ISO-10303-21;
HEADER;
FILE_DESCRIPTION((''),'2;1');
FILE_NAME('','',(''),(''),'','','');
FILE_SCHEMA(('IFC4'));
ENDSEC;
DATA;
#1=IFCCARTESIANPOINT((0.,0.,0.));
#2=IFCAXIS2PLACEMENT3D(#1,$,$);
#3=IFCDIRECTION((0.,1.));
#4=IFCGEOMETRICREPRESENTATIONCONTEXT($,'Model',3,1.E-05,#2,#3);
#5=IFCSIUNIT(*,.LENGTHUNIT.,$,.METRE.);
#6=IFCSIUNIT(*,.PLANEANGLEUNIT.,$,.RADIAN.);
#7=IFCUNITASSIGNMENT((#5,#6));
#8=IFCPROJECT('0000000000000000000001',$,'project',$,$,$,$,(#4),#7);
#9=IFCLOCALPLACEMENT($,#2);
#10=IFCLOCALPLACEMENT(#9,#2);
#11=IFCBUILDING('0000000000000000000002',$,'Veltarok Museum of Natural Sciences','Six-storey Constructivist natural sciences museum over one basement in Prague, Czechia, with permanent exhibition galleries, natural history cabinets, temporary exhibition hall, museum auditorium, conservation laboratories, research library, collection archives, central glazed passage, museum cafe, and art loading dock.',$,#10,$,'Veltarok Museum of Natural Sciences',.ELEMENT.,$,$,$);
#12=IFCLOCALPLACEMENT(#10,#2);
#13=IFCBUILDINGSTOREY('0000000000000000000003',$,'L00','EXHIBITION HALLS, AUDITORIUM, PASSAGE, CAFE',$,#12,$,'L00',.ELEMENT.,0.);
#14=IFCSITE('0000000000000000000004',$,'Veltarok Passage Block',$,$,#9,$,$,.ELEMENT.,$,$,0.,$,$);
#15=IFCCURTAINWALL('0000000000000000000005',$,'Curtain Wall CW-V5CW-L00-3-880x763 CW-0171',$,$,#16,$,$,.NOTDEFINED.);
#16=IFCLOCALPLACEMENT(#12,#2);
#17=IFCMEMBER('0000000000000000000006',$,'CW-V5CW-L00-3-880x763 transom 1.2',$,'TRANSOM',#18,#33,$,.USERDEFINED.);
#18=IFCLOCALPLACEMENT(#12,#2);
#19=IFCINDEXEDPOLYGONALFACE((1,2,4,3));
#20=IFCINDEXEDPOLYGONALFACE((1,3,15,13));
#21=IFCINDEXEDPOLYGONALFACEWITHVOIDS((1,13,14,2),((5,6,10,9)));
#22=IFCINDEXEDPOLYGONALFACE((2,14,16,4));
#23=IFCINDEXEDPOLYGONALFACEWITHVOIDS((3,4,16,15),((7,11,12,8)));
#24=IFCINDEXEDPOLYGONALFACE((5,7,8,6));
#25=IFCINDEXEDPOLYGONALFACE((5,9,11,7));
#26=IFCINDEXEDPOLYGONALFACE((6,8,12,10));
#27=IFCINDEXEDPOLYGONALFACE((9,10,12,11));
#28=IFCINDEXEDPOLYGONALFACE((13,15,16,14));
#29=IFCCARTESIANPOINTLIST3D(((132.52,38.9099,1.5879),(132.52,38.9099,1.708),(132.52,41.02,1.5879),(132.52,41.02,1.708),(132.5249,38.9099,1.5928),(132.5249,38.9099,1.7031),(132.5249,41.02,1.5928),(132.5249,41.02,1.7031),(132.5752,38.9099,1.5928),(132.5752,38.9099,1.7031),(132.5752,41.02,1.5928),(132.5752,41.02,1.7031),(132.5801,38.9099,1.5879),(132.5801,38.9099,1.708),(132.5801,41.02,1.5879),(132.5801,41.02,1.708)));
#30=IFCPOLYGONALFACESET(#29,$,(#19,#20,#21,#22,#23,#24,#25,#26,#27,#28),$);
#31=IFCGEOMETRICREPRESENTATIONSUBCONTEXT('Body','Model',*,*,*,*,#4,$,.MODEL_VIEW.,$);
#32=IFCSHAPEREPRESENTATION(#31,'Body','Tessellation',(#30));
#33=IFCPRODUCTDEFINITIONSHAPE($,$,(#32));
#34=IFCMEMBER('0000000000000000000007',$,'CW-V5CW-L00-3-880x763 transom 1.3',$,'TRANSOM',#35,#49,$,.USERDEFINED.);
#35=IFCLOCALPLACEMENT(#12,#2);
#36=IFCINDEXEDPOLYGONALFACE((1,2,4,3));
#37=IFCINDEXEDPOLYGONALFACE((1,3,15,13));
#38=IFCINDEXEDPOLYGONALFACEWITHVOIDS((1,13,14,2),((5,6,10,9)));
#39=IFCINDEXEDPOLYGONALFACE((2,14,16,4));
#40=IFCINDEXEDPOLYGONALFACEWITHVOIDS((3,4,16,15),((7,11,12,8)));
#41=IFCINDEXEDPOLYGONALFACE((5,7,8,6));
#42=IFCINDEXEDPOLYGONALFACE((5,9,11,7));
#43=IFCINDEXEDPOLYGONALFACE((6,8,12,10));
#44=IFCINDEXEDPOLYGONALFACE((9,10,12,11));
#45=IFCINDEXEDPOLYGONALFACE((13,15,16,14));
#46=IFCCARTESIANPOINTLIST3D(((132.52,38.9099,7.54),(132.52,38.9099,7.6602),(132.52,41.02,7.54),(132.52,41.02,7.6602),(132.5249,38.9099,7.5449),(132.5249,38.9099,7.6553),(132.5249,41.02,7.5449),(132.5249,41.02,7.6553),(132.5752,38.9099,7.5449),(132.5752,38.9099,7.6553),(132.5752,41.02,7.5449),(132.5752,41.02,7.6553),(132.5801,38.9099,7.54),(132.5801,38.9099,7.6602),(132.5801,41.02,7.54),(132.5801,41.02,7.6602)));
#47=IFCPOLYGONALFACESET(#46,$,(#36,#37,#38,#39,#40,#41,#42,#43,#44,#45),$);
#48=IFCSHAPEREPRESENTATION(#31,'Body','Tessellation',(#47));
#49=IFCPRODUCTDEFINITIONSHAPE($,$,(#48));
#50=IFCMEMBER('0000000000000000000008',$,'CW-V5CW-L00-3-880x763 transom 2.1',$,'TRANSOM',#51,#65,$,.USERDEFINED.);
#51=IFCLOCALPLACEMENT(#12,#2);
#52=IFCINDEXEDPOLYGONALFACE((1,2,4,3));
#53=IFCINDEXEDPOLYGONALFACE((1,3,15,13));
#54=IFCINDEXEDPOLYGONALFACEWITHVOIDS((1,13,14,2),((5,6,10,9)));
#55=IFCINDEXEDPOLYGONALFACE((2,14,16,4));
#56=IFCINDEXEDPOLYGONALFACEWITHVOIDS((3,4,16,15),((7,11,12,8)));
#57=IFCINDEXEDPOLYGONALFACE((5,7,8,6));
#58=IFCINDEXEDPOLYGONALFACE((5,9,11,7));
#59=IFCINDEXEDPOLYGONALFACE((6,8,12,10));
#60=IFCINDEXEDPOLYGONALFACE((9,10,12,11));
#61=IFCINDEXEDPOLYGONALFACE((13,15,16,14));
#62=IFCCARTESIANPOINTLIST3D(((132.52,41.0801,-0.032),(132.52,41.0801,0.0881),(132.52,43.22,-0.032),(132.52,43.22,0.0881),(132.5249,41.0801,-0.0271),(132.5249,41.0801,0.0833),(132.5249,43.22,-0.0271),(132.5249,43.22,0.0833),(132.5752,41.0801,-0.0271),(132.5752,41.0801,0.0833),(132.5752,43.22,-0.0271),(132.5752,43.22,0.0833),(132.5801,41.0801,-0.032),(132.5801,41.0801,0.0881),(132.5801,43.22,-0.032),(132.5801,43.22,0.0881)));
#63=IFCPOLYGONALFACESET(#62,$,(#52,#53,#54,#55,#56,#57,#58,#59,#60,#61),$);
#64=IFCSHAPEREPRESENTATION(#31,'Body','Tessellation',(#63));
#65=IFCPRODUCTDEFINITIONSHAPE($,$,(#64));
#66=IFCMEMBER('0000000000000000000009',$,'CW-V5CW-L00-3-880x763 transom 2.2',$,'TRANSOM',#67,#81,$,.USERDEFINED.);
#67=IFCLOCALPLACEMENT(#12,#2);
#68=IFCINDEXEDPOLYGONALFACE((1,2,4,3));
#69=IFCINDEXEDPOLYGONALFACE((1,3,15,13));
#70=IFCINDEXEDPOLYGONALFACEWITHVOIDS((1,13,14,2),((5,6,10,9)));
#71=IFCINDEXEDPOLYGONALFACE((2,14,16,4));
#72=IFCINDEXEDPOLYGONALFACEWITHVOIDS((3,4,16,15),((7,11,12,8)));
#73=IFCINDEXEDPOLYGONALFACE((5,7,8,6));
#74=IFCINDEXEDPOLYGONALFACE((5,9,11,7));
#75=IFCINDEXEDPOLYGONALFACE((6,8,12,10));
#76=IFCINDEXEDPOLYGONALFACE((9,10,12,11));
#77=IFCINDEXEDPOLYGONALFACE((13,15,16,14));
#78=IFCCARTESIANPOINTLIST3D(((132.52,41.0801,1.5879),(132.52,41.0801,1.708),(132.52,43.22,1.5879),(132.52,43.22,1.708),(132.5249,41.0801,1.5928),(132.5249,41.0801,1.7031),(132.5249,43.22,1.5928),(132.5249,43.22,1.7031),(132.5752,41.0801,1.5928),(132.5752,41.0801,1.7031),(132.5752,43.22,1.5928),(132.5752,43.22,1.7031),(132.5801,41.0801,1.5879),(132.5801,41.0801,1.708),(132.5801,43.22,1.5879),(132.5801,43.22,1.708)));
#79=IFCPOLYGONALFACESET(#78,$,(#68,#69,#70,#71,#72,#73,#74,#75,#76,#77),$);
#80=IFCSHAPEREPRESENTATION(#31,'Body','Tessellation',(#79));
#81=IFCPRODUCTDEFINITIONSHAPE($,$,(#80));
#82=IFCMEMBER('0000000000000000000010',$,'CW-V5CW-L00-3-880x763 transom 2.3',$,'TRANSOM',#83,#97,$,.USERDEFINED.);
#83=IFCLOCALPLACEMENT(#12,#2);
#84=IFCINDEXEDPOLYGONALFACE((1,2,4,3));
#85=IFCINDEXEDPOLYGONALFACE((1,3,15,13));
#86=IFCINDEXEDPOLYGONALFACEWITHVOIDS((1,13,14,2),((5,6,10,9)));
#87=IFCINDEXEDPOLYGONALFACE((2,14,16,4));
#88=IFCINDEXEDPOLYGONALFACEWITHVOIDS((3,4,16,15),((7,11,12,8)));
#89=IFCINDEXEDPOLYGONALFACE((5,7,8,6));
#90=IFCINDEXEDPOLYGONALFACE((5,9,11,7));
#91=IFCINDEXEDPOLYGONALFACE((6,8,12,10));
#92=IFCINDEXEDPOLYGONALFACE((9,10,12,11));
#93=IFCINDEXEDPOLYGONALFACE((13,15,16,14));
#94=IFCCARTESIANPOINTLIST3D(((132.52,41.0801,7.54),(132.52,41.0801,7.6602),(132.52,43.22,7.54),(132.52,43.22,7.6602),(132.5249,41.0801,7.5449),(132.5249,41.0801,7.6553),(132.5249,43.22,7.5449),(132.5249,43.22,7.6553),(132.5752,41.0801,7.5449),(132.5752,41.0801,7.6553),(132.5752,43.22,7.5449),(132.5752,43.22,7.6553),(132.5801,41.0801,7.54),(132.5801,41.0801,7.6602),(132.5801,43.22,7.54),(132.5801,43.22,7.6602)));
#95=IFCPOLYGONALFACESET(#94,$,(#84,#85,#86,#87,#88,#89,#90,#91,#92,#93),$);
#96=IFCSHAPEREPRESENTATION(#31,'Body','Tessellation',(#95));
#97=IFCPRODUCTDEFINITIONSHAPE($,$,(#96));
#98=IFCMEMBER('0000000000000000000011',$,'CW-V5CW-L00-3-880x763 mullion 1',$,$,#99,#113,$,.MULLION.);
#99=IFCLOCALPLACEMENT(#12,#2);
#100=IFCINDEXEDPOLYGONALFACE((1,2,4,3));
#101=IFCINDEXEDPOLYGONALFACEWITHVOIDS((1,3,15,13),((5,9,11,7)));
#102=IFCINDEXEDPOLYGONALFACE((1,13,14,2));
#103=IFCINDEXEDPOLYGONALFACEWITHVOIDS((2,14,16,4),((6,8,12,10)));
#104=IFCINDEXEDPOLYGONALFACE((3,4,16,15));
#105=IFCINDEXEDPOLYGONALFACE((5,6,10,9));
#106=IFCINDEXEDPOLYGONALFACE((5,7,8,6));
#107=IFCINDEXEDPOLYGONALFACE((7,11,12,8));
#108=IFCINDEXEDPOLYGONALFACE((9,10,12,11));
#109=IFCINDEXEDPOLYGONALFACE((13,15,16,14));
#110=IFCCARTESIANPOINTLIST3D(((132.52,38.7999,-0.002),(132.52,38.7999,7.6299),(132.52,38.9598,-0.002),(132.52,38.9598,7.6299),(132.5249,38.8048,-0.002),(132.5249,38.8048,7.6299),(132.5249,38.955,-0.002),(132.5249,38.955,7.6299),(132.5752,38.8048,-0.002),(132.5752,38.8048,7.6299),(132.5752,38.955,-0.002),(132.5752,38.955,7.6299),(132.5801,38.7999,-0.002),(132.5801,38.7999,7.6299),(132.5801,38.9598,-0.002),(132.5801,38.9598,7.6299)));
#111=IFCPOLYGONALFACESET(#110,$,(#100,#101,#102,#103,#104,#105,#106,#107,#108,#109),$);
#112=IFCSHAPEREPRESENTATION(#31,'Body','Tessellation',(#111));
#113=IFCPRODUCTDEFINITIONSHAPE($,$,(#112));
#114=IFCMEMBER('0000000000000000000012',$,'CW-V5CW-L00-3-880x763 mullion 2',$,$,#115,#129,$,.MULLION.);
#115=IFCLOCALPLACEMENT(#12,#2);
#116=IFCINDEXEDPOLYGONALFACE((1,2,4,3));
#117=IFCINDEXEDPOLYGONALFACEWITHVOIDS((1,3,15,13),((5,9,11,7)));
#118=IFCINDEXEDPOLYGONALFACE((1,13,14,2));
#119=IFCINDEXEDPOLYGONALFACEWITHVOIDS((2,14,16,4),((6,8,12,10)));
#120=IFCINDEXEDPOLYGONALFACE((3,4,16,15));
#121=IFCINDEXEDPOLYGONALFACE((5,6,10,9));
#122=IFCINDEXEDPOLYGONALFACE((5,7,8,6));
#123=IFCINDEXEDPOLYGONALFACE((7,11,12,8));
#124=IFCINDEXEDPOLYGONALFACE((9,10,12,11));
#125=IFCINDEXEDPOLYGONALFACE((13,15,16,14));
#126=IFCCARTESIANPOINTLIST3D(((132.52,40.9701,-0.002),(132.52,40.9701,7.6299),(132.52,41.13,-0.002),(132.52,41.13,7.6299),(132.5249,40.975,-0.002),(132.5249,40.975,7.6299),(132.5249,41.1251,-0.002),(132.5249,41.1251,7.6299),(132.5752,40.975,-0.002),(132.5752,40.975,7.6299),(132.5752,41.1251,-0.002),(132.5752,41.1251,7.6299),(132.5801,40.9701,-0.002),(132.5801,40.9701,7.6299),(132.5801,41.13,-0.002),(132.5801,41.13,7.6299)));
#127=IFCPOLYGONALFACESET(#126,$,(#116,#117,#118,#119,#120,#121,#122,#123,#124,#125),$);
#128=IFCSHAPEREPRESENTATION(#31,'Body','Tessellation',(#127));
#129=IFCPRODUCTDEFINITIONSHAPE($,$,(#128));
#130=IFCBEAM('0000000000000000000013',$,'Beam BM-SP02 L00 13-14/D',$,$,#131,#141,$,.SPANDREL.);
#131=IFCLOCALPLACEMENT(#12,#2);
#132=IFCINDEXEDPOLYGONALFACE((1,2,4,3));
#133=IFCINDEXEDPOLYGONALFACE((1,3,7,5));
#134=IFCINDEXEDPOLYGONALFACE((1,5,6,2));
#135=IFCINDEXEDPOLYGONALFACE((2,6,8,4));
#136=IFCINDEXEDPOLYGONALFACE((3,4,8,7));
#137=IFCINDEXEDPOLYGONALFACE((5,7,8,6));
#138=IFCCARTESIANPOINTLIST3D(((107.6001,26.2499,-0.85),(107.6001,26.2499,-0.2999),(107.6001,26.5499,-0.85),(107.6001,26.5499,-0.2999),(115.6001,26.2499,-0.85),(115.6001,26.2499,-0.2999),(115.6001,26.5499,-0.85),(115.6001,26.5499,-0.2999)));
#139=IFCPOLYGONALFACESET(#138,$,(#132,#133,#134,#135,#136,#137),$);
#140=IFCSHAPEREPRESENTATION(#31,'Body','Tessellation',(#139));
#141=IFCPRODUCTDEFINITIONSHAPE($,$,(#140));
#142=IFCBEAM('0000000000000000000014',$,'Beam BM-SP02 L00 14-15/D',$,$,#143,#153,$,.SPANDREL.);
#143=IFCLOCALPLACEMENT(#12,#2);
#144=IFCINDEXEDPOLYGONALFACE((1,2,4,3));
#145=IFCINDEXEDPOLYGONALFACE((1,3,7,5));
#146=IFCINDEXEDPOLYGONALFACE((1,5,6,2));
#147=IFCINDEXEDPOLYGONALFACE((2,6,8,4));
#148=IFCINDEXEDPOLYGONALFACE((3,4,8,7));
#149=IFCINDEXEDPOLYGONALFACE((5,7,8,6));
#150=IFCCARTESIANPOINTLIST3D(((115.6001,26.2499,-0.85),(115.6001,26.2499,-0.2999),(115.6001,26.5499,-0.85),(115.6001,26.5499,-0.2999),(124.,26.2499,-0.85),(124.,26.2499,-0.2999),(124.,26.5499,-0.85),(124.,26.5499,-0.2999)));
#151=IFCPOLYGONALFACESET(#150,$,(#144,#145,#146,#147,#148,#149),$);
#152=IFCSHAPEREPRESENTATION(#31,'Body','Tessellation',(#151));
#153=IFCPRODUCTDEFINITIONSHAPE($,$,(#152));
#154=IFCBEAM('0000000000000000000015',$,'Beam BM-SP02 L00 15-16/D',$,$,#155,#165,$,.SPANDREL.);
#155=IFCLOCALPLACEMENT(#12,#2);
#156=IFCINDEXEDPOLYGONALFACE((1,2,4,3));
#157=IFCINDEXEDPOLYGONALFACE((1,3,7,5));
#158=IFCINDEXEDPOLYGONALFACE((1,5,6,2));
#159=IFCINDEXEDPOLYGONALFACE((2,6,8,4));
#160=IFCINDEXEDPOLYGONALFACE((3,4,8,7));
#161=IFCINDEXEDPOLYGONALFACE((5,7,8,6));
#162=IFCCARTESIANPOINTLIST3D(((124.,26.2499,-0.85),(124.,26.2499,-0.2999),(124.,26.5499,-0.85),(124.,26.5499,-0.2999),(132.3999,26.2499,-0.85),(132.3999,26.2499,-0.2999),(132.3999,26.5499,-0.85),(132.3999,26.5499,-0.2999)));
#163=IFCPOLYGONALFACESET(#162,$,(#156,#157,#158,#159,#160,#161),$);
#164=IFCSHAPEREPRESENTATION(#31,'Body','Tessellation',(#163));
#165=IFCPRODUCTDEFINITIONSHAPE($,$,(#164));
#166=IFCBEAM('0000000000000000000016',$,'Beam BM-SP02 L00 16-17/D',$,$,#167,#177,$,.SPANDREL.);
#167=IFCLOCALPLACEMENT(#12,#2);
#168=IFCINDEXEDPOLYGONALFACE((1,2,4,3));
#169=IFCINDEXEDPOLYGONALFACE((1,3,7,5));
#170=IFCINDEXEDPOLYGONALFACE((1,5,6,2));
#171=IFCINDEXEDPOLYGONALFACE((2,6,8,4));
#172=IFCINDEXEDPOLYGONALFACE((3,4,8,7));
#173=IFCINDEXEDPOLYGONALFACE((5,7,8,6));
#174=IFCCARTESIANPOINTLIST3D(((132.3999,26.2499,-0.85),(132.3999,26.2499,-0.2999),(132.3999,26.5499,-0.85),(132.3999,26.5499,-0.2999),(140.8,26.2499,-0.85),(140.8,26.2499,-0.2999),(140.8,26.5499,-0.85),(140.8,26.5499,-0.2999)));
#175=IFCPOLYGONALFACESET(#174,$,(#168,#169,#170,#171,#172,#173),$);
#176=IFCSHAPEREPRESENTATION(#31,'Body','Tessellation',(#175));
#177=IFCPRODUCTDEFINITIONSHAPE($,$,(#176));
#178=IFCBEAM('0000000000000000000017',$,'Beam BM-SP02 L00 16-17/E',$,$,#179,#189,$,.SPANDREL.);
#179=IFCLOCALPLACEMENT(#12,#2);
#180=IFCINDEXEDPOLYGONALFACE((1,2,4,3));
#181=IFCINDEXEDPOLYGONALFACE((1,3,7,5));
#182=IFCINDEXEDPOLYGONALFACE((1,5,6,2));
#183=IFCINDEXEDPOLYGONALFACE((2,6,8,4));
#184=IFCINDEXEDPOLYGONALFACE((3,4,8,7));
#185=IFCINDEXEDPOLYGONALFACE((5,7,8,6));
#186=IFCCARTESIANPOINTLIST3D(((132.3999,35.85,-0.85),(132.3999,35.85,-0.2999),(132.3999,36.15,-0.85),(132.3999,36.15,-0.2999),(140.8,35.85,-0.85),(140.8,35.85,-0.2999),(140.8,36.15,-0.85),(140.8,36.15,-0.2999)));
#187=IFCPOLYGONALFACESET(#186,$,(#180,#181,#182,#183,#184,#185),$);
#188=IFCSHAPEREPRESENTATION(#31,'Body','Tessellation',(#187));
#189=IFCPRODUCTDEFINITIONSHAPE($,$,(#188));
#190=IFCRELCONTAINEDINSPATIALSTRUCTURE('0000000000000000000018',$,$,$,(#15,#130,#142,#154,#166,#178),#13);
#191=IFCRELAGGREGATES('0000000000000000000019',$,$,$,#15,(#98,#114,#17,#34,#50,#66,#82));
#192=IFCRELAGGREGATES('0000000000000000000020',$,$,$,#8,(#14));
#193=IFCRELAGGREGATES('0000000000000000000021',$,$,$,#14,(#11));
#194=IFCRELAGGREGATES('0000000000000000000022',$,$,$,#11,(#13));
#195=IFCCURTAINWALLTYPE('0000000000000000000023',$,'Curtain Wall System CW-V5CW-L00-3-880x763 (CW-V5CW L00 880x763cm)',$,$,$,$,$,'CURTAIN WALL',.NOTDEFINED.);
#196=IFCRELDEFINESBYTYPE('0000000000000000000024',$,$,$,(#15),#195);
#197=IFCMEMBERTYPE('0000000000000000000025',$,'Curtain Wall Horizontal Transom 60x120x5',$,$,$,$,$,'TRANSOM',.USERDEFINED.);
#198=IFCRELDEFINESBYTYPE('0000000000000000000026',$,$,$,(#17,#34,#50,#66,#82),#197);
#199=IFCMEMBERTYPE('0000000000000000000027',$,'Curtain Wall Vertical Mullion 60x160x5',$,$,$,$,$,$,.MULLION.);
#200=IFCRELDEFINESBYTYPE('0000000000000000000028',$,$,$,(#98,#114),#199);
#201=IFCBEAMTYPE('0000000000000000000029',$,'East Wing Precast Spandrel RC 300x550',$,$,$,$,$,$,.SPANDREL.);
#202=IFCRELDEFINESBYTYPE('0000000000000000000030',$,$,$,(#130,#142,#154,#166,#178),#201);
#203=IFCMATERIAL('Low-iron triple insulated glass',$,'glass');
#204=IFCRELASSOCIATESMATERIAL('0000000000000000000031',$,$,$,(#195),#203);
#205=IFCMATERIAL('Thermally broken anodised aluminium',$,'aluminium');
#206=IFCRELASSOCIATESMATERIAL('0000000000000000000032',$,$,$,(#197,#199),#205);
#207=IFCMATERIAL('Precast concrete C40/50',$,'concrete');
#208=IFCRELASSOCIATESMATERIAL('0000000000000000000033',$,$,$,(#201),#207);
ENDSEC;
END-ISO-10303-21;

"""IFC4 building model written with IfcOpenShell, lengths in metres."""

from ifc_helpers import new_model, si_unit, direction, frame, origin, origin_2d, place, context, subcontext, project, spatial, rectangle, hollow_rectangle, extrude, material, material_profile, profile_set, type_object, element, aggregate, save


model = new_model("IFC4")

# Units and contexts
model_context = context("Model", 3, precision=1e-05, world=origin(), true_north=direction((0.0, 1.0)))
body_context = subcontext(model_context, "Body", "Model", "MODEL_VIEW")
ifc_project = project(units=[si_unit("LENGTHUNIT", "METRE"), si_unit("PLANEANGLEUNIT", "RADIAN")], contexts=[model_context])

# Site, building, storey
site_placement = place(None, origin())
site = spatial("IfcSite", under=ifc_project, at=site_placement, Name="Veltarok Passage Block", CompositionType="ELEMENT", RefElevation=0.0)
building_placement = place(site_placement, origin())
building = spatial("IfcBuilding", under=site, at=building_placement, Name="Veltarok Museum of Natural Sciences", Description="Six-storey Constructivist natural sciences museum over one basement in Prague, Czechia, with permanent exhibition galleries, natural history cabinets, temporary exhibition hall, museum auditorium, conservation laboratories, research library, collection archives, central glazed passage, museum cafe, and art loading dock.", LongName="Veltarok Museum of Natural Sciences", CompositionType="ELEMENT")
storey_placement = place(building_placement, origin())
storey = spatial("IfcBuildingStorey", under=building, at=storey_placement, Name="L00", Description="EXHIBITION HALLS, AUDITORIUM, PASSAGE, CAFE", LongName="L00", CompositionType="ELEMENT", Elevation=0.0)

# Curtain wall, members
ifc_material_1 = material(Name="Low-iron triple insulated glass", Category="glass")
curtain_wall_type = type_object("IfcCurtainWallType", Name="Curtain Wall System CW-V5CW-L00-3-880x763 (CW-V5CW L00 880x763cm)", ElementType="CURTAIN WALL", PredefinedType="NOTDEFINED", material=ifc_material_1)
curtain_wall_placement = place(storey_placement, origin())
curtain_wall = element("IfcCurtainWall", 1, at=curtain_wall_placement, inside=storey, type_object=curtain_wall_type, Name="Curtain Wall CW-V5CW-L00-3-880x763 CW-0171", PredefinedType="NOTDEFINED")
ifc_material_2 = material(Name="Thermally broken anodised aluminium", Category="aluminium")
ifc_material_profile_1 = material_profile(ifc_material_2, hollow_rectangle(XDim=0.0601, YDim=0.1201, WallThickness=0.0049, at=origin_2d()), Name="CW TRANSOM 60x120x5")
ifc_profile_set_1 = profile_set([ifc_material_profile_1], Name="Thermally broken anodised aluminium")
member_type_1 = type_object("IfcMemberType", Name="Curtain Wall Horizontal Transom 60x120x5", ElementType="TRANSOM", PredefinedType="USERDEFINED", material=ifc_profile_set_1)
member_1_placement = place(storey_placement, frame((132.55, 38.9099, 1.6479), z_axis=(0.0, 1.0, 0.0), x_axis=(-1.0, 0.0, 0.0)))
member_1 = element("IfcMember", 2, at=member_1_placement, type_object=member_type_1, Name="CW-V5CW-L00-3-880x763 transom 1.2", ObjectType="TRANSOM", PredefinedType="USERDEFINED", context=body_context, shape_type="SweptSolid", body=[
    extrude(hollow_rectangle(XDim=0.0601, YDim=0.1201, WallThickness=0.0049, at=origin_2d()), origin(), (0.0, 0.0, 1.0), 2.1101),
])
member_2_placement = place(storey_placement, frame((132.55, 38.9099, 7.6001), z_axis=(0.0, 1.0, 0.0), x_axis=(-1.0, 0.0, 0.0)))
member_2 = element("IfcMember", 3, at=member_2_placement, type_object=member_type_1, Name="CW-V5CW-L00-3-880x763 transom 1.3", ObjectType="TRANSOM", PredefinedType="USERDEFINED", context=body_context, shape_type="SweptSolid", body=[
    extrude(hollow_rectangle(XDim=0.0601, YDim=0.1201, WallThickness=0.0049, at=origin_2d()), origin(), (0.0, 0.0, 1.0), 2.1101),
])
member_3_placement = place(storey_placement, frame((132.55, 41.0801, 0.0281), z_axis=(0.0, 1.0, 0.0), x_axis=(-1.0, 0.0, 0.0)))
member_3 = element("IfcMember", 4, at=member_3_placement, type_object=member_type_1, Name="CW-V5CW-L00-3-880x763 transom 2.1", ObjectType="TRANSOM", PredefinedType="USERDEFINED", context=body_context, shape_type="SweptSolid", body=[
    extrude(hollow_rectangle(XDim=0.0601, YDim=0.1201, WallThickness=0.0049, at=origin_2d()), origin(), (0.0, 0.0, 1.0), 2.1399),
])
member_4_placement = place(storey_placement, frame((132.55, 41.0801, 1.6479), z_axis=(0.0, 1.0, 0.0), x_axis=(-1.0, 0.0, 0.0)))
member_4 = element("IfcMember", 5, at=member_4_placement, type_object=member_type_1, Name="CW-V5CW-L00-3-880x763 transom 2.2", ObjectType="TRANSOM", PredefinedType="USERDEFINED", context=body_context, shape_type="SweptSolid", body=[
    extrude(hollow_rectangle(XDim=0.0601, YDim=0.1201, WallThickness=0.0049, at=origin_2d()), origin(), (0.0, 0.0, 1.0), 2.1399),
])
member_5_placement = place(storey_placement, frame((132.55, 41.0801, 7.6001), z_axis=(0.0, 1.0, 0.0), x_axis=(-1.0, 0.0, 0.0)))
member_5 = element("IfcMember", 6, at=member_5_placement, type_object=member_type_1, Name="CW-V5CW-L00-3-880x763 transom 2.3", ObjectType="TRANSOM", PredefinedType="USERDEFINED", context=body_context, shape_type="SweptSolid", body=[
    extrude(hollow_rectangle(XDim=0.0601, YDim=0.1201, WallThickness=0.0049, at=origin_2d()), origin(), (0.0, 0.0, 1.0), 2.1399),
])
ifc_material_profile_2 = material_profile(ifc_material_2, hollow_rectangle(XDim=0.0601, YDim=0.1599, WallThickness=0.0049, at=origin_2d()), Name="CW MULLION 60x160x5")
ifc_profile_set_2 = profile_set([ifc_material_profile_2], Name="Thermally broken anodised aluminium")
member_type_2 = type_object("IfcMemberType", Name="Curtain Wall Vertical Mullion 60x160x5", PredefinedType="MULLION", material=ifc_profile_set_2)
member_6_placement = place(storey_placement, frame((132.55, 38.8799, -0.002), z_axis=(0.0, 0.0, 1.0), x_axis=(-1.0, 0.0, 0.0)))
member_6 = element("IfcMember", 7, at=member_6_placement, type_object=member_type_2, Name="CW-V5CW-L00-3-880x763 mullion 1", PredefinedType="MULLION", context=body_context, shape_type="SweptSolid", body=[
    extrude(hollow_rectangle(XDim=0.0601, YDim=0.1599, WallThickness=0.0049, at=origin_2d()), origin(), (0.0, 0.0, 1.0), 7.6318),
])
member_7_placement = place(storey_placement, frame((132.55, 41.05, -0.002), z_axis=(0.0, 0.0, 1.0), x_axis=(-1.0, 0.0, 0.0)))
member_7 = element("IfcMember", 8, at=member_7_placement, type_object=member_type_2, Name="CW-V5CW-L00-3-880x763 mullion 2", PredefinedType="MULLION", context=body_context, shape_type="SweptSolid", body=[
    extrude(hollow_rectangle(XDim=0.0601, YDim=0.1599, WallThickness=0.0049, at=origin_2d()), origin(), (0.0, 0.0, 1.0), 7.6318),
])

# Beams
ifc_material_3 = material(Name="Precast concrete C40/50", Category="concrete")
ifc_material_profile_3 = material_profile(ifc_material_3, rectangle(XDim=0.3, YDim=0.55, at=origin_2d()), Name="RC 300x550")
ifc_profile_set_3 = profile_set([ifc_material_profile_3], Name="Precast concrete C40/50")
beam_type_1 = type_object("IfcBeamType", Name="East Wing Precast Spandrel RC 300x550", PredefinedType="SPANDREL", material=ifc_profile_set_3)
beam_1_placement = place(storey_placement, frame((107.6001, 26.3999, -0.575), z_axis=(1.0, 0.0, 0.0), x_axis=(0.0, 1.0, 0.0)))
element("IfcBeam", 9, at=beam_1_placement, inside=storey, type_object=beam_type_1, Name="Beam BM-SP02 L00 13-14/D", PredefinedType="SPANDREL", context=body_context, shape_type="SweptSolid", body=[
    extrude(rectangle(XDim=0.3, YDim=0.55, at=origin_2d()), origin(), (0.0, 0.0, 1.0), 8.0),
])
for number, where, z_axis, x_axis, name in (
    (10, (115.6001, 26.3999, -0.575), (1.0, 0.0, 0.0), (0.0, 1.0, 0.0), "Beam BM-SP02 L00 14-15/D"),
    (11, (124.0, 26.3999, -0.575), (1.0, 0.0, 0.0), (0.0, 1.0, 0.0), "Beam BM-SP02 L00 15-16/D"),
):
    element("IfcBeam", number, at=place(storey_placement, frame(where, z_axis=z_axis, x_axis=x_axis)), inside=storey, type_object=beam_type_1, Name=name, PredefinedType="SPANDREL", context=body_context, shape_type="SweptSolid", body=[
        extrude(rectangle(XDim=0.3, YDim=0.55, at=origin_2d()), origin(), (0.0, 0.0, 1.0), 8.3999),
    ])
for number, where, z_axis, x_axis, name in (
    (12, (132.3999, 26.3999, -0.575), (1.0, 0.0, 0.0), (0.0, 1.0, 0.0), "Beam BM-SP02 L00 16-17/D"),
    (13, (132.3999, 36.0, -0.575), (1.0, 0.0, 0.0), (0.0, 1.0, 0.0), "Beam BM-SP02 L00 16-17/E"),
):
    element("IfcBeam", number, at=place(storey_placement, frame(where, z_axis=z_axis, x_axis=x_axis)), inside=storey, type_object=beam_type_1, Name=name, PredefinedType="SPANDREL", context=body_context, shape_type="SweptSolid", body=[
        extrude(rectangle(XDim=0.3, YDim=0.55, at=origin_2d()), origin(), (0.0, 0.0, 1.0), 8.4001),
    ])

aggregate(curtain_wall, [member_6, member_7, member_1, member_2, member_3, member_4, member_5])

save(model, "model.ifc")
